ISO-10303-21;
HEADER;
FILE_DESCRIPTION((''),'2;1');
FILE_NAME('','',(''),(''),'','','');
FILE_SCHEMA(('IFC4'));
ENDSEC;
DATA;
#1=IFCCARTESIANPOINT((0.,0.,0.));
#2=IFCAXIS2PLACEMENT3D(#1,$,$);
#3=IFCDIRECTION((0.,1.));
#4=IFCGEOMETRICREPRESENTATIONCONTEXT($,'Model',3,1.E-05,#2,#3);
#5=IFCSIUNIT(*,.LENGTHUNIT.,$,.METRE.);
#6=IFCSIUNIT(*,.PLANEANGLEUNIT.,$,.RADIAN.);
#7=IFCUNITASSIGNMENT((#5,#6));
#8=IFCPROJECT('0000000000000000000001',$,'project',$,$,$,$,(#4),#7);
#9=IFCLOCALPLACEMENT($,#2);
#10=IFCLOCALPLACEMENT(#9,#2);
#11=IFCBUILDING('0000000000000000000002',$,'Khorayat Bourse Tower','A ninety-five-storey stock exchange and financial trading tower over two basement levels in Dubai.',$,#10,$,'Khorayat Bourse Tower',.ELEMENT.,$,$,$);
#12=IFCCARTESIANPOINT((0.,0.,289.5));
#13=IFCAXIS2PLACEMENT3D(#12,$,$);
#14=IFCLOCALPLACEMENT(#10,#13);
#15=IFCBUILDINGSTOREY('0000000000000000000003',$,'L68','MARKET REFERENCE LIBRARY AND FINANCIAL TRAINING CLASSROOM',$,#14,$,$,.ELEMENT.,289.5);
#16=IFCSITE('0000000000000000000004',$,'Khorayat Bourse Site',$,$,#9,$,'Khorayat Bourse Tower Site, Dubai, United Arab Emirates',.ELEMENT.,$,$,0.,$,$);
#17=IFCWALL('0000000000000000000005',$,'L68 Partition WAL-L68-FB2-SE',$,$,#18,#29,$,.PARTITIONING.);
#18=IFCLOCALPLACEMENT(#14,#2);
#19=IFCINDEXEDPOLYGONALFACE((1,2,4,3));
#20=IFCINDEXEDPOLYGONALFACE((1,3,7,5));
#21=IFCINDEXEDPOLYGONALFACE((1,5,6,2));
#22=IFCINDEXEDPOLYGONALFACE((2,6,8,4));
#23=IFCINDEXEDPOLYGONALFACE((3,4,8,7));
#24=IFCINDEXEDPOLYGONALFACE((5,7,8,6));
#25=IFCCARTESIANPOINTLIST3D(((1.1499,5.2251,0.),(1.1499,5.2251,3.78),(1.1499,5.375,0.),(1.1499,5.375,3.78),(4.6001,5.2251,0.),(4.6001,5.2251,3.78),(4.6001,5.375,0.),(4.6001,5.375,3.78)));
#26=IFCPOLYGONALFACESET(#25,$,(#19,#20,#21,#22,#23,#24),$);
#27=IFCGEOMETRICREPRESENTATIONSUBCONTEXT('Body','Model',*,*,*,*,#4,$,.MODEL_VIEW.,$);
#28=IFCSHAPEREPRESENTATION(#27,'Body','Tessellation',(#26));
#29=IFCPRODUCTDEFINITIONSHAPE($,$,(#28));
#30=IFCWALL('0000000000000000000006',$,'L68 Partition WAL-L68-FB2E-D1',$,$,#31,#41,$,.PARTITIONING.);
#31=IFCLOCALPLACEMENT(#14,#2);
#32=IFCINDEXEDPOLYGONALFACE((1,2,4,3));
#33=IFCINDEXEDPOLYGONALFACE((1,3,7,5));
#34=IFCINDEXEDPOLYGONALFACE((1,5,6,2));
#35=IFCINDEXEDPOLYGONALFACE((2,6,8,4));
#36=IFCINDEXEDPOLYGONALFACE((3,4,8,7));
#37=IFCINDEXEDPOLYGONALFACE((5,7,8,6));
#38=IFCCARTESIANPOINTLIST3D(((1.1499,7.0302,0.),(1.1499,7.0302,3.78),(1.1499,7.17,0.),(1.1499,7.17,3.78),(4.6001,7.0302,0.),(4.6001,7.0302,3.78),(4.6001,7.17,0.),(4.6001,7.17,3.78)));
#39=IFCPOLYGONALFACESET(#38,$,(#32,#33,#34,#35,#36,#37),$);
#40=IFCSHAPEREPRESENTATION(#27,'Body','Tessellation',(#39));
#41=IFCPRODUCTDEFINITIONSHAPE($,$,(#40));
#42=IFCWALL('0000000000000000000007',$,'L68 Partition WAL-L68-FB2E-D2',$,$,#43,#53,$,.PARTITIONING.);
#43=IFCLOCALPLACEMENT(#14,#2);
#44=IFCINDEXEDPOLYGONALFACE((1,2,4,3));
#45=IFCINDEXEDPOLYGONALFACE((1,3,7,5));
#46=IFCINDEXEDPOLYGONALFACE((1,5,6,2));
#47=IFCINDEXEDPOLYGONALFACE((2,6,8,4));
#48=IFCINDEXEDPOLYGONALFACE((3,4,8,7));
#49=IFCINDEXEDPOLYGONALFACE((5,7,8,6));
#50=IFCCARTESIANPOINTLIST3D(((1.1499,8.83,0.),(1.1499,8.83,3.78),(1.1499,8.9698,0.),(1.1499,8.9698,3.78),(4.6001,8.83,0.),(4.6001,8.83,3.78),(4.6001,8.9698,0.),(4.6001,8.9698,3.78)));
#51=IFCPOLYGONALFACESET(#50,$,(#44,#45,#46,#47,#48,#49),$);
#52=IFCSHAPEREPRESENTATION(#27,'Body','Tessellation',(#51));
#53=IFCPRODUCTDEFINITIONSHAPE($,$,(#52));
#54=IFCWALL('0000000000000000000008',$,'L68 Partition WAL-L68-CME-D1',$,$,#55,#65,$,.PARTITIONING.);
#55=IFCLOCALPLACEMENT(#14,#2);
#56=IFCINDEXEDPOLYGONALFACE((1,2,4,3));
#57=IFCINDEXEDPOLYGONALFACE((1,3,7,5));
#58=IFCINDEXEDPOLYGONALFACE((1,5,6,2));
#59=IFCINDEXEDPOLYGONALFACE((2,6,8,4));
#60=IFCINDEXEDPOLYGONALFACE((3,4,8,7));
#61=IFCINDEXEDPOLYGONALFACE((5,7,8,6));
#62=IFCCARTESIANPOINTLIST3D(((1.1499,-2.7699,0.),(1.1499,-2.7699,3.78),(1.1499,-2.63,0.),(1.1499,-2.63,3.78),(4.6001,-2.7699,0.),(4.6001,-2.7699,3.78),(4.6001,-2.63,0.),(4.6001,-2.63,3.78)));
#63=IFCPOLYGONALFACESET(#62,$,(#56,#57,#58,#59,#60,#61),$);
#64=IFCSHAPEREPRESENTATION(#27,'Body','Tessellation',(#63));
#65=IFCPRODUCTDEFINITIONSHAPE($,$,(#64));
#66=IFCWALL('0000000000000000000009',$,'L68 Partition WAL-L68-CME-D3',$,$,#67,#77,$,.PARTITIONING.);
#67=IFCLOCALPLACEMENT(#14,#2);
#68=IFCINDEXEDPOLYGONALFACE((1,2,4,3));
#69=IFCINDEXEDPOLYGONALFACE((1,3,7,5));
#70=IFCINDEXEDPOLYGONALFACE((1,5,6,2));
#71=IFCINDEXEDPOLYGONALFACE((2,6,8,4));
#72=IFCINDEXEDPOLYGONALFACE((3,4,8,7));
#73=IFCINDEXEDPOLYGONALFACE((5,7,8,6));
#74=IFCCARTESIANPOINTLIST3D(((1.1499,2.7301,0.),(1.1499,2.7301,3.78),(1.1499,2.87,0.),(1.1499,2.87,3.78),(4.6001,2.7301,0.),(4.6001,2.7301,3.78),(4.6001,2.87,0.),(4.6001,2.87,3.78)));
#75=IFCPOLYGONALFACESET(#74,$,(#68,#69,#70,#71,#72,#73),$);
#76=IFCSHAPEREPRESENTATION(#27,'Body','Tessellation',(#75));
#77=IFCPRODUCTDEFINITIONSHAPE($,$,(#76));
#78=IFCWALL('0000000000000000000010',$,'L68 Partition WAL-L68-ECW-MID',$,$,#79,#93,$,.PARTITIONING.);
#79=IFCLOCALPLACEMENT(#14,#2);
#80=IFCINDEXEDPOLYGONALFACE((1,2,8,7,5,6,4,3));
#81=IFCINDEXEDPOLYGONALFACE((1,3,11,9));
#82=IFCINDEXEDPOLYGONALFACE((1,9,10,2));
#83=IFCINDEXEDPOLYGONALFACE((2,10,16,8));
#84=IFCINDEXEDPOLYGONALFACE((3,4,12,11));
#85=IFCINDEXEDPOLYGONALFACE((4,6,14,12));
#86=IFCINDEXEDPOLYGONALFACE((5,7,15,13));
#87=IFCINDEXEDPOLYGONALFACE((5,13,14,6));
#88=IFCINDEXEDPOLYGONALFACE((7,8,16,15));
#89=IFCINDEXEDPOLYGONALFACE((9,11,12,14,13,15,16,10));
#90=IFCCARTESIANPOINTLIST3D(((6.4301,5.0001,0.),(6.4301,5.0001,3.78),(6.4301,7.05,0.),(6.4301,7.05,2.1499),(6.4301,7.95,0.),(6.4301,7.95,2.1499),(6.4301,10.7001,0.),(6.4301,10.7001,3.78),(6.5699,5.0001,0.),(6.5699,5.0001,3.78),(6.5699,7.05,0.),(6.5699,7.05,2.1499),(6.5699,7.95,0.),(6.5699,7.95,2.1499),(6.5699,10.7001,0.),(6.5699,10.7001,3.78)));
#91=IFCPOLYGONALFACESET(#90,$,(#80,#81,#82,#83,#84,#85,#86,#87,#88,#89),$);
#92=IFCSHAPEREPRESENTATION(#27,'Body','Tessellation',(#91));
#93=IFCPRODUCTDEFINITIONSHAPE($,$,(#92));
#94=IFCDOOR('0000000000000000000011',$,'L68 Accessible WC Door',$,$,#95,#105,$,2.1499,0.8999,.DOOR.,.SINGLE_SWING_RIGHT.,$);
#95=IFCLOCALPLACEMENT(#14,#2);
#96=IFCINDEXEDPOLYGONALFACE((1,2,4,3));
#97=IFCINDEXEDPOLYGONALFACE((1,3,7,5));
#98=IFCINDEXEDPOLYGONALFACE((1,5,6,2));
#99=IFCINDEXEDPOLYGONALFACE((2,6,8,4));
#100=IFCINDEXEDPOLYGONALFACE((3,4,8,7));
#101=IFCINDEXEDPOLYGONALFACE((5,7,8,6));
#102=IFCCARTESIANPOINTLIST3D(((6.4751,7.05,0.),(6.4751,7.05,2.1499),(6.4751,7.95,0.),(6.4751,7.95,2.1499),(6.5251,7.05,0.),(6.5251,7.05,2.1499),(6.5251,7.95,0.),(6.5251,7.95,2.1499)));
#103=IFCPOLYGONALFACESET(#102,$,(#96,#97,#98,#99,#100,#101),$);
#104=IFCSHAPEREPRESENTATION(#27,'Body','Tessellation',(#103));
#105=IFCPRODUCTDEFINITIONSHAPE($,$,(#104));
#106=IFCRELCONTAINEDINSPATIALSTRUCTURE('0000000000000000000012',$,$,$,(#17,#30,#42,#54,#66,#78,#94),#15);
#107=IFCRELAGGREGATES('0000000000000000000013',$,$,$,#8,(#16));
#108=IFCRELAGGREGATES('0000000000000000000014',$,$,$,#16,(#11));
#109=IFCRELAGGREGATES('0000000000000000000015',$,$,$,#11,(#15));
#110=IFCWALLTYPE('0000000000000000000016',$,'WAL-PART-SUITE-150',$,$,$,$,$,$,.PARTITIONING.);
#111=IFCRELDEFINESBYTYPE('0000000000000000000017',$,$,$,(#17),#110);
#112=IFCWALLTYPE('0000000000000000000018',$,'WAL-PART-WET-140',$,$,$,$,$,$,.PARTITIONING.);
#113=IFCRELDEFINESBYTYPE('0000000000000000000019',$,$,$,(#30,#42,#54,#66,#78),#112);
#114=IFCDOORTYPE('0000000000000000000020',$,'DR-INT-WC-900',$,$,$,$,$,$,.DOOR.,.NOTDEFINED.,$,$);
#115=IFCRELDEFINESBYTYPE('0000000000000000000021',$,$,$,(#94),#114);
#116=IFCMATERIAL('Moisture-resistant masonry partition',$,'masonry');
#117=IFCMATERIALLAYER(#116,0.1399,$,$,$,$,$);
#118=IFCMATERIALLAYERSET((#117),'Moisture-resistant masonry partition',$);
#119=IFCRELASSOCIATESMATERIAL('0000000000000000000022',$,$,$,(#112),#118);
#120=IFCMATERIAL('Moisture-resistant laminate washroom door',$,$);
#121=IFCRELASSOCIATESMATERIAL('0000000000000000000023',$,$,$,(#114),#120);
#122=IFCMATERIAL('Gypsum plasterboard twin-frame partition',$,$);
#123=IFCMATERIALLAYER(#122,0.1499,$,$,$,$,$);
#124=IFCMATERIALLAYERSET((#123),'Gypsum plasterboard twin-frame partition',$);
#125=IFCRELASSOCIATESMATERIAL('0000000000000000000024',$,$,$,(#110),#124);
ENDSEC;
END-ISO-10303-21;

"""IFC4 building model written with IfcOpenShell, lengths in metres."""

from ifc_helpers import new_model, si_unit, direction, frame, frame_2d, origin, place, context, subcontext, project, spatial, rectangle, extrude, source, transform, mapped, material, layer, layer_set, type_object, element, fill, save


model = new_model("IFC4")

# Units and contexts
model_context = context("Model", 3, precision=1e-05, world=origin(), true_north=direction((0.0, 1.0)))
body_context = subcontext(model_context, "Body", "Model", "MODEL_VIEW")
ifc_project = project(units=[si_unit("LENGTHUNIT", "METRE"), si_unit("PLANEANGLEUNIT", "RADIAN")], contexts=[model_context])

# Site, building, storey
site_placement = place(None, origin())
site = spatial("IfcSite", under=ifc_project, at=site_placement, Name="Khorayat Bourse Site", LongName="Khorayat Bourse Tower Site, Dubai, United Arab Emirates", CompositionType="ELEMENT", RefElevation=0.0)
building_placement = place(site_placement, origin())
building = spatial("IfcBuilding", under=site, at=building_placement, Name="Khorayat Bourse Tower", Description="A ninety-five-storey stock exchange and financial trading tower over two basement levels in Dubai.", LongName="Khorayat Bourse Tower", CompositionType="ELEMENT")
storey_placement = place(building_placement, frame((0.0, 0.0, 289.5)))
storey = spatial("IfcBuildingStorey", under=building, at=storey_placement, Name="L68", Description="MARKET REFERENCE LIBRARY AND FINANCIAL TRAINING CLASSROOM", CompositionType="ELEMENT", Elevation=289.5)

# Shared definitions
ifc_material_1 = material(Name="Moisture-resistant masonry partition", Category="masonry")
ifc_layer_1 = layer(ifc_material_1, 0.1399)
ifc_layer_set_1 = layer_set([ifc_layer_1], Name="Moisture-resistant masonry partition")
wall_type_1 = type_object("IfcWallType", Name="WAL-PART-WET-140", PredefinedType="PARTITIONING", material=ifc_layer_set_1)

# Shared definitions
shared_shape_1 = source(origin(), body_context, "Body", "SweptSolid", [
    extrude(rectangle(XDim=0.8999, YDim=2.1499, at=frame_2d((0.45, 1.075))), frame((0.0, 0.0798, 0.0), z_axis=(0.0, -1.0, 0.0), x_axis=(1.0, 0.0, 0.0)), (0.0, 0.0, 1.0), 0.1599),
])
ifc_material_2 = material(Name="Moisture-resistant laminate washroom door")
door_type = type_object("IfcDoorType", Name="DR-INT-WC-900", OperationType="NOTDEFINED", PredefinedType="DOOR", material=ifc_material_2)
shared_shape_2 = source(origin(), body_context, "Body", "SweptSolid", [
    extrude(rectangle(XDim=0.8999, YDim=2.1499, at=frame_2d((0.45, 1.075))), frame((0.0, 0.0249, 0.0), z_axis=(0.0, -1.0, 0.0), x_axis=(1.0, 0.0, 0.0)), (0.0, 0.0, 1.0), 0.05),
])

# Wall
ifc_material_3 = material(Name="Gypsum plasterboard twin-frame partition")
ifc_layer_2 = layer(ifc_material_3, 0.1499)
ifc_layer_set_2 = layer_set([ifc_layer_2], Name="Gypsum plasterboard twin-frame partition")
wall_type_2 = type_object("IfcWallType", Name="WAL-PART-SUITE-150", PredefinedType="PARTITIONING", material=ifc_layer_set_2)
shared_shape_3 = source(origin(), body_context, "Body", "SweptSolid", [
    extrude(rectangle(XDim=3.4502, YDim=0.1499, at=frame_2d((1.7251, 0.0))), origin(), (0.0, 0.0, 1.0), 3.78),
])
for number, where, z_axis, x_axis, name in (
    (1, (1.1499, 5.3, 0.0), (0.0, 0.0, 1.0), (1.0, 0.0, 0.0), "L68 Partition WAL-L68-FB2-SE"),
):
    element("IfcWall", number, at=place(storey_placement, frame(where, z_axis=z_axis, x_axis=x_axis)), inside=storey, type_object=wall_type_2, Name=name, PredefinedType="PARTITIONING", context=body_context, shape_type="MappedRepresentation", body=[
        mapped(shared_shape_3, transform((0.0, 0.0, 0.0), scale=1.0)),
    ])

# Walls
shared_shape_4 = source(origin(), body_context, "Body", "SweptSolid", [
    extrude(rectangle(XDim=3.4502, YDim=0.1399, at=frame_2d((1.7251, 0.0))), origin(), (0.0, 0.0, 1.0), 3.78),
])
for number, where, z_axis, x_axis, name in (
    (2, (1.1499, 7.1001, 0.0), (0.0, 0.0, 1.0), (1.0, 0.0, 0.0), "L68 Partition WAL-L68-FB2E-D1"),
    (3, (1.1499, 8.8999, 0.0), (0.0, 0.0, 1.0), (1.0, 0.0, 0.0), "L68 Partition WAL-L68-FB2E-D2"),
    (4, (1.1499, -2.7, 0.0), (0.0, 0.0, 1.0), (1.0, 0.0, 0.0), "L68 Partition WAL-L68-CME-D1"),
    (5, (1.1499, 2.8, 0.0), (0.0, 0.0, 1.0), (1.0, 0.0, 0.0), "L68 Partition WAL-L68-CME-D3"),
):
    element("IfcWall", number, at=place(storey_placement, frame(where, z_axis=z_axis, x_axis=x_axis)), inside=storey, type_object=wall_type_1, Name=name, PredefinedType="PARTITIONING", context=body_context, shape_type="MappedRepresentation", body=[
        mapped(shared_shape_4, transform((0.0, 0.0, 0.0), scale=1.0)),
    ])

# Wall, opening, door
shared_shape_5 = source(origin(), body_context, "Body", "SweptSolid", [
    extrude(rectangle(XDim=5.7, YDim=0.1399, at=frame_2d((2.8501, 0.0))), origin(), (0.0, 0.0, 1.0), 3.78),
])
wall_1_placement = place(storey_placement, frame((6.5, 5.0, 0.0), z_axis=(0.0, 0.0, 1.0), x_axis=(0.0, 1.0, 0.0)))
wall_1 = element("IfcWall", 6, at=wall_1_placement, inside=storey, type_object=wall_type_1, Name="L68 Partition WAL-L68-ECW-MID", PredefinedType="PARTITIONING", context=body_context, shape_type="MappedRepresentation", body=[
    mapped(shared_shape_5, transform((0.0, 0.0, 0.0), scale=1.0)),
])
opening_1_placement = place(wall_1_placement, frame((2.05, 0.0, 0.0)))
opening_1 = element("IfcOpeningElement", 7, at=opening_1_placement, cuts=wall_1, PredefinedType="OPENING", context=body_context, shape_type="MappedRepresentation", body=[
    mapped(shared_shape_1, transform((0.0, 0.0, 0.0), scale=1.0)),
])
door_1_placement = place(opening_1_placement, origin())
door_1 = element("IfcDoor", 8, at=door_1_placement, inside=storey, type_object=door_type, Name="L68 Accessible WC Door", OperationType="SINGLE_SWING_RIGHT", OverallHeight=2.1499, OverallWidth=0.8999, PredefinedType="DOOR", context=body_context, shape_type="MappedRepresentation", body=[
    mapped(shared_shape_2, transform((0.0, 0.0, 0.0), scale=1.0)),
])
fill(opening_1, door_1)

save(model, "model.ifc")
